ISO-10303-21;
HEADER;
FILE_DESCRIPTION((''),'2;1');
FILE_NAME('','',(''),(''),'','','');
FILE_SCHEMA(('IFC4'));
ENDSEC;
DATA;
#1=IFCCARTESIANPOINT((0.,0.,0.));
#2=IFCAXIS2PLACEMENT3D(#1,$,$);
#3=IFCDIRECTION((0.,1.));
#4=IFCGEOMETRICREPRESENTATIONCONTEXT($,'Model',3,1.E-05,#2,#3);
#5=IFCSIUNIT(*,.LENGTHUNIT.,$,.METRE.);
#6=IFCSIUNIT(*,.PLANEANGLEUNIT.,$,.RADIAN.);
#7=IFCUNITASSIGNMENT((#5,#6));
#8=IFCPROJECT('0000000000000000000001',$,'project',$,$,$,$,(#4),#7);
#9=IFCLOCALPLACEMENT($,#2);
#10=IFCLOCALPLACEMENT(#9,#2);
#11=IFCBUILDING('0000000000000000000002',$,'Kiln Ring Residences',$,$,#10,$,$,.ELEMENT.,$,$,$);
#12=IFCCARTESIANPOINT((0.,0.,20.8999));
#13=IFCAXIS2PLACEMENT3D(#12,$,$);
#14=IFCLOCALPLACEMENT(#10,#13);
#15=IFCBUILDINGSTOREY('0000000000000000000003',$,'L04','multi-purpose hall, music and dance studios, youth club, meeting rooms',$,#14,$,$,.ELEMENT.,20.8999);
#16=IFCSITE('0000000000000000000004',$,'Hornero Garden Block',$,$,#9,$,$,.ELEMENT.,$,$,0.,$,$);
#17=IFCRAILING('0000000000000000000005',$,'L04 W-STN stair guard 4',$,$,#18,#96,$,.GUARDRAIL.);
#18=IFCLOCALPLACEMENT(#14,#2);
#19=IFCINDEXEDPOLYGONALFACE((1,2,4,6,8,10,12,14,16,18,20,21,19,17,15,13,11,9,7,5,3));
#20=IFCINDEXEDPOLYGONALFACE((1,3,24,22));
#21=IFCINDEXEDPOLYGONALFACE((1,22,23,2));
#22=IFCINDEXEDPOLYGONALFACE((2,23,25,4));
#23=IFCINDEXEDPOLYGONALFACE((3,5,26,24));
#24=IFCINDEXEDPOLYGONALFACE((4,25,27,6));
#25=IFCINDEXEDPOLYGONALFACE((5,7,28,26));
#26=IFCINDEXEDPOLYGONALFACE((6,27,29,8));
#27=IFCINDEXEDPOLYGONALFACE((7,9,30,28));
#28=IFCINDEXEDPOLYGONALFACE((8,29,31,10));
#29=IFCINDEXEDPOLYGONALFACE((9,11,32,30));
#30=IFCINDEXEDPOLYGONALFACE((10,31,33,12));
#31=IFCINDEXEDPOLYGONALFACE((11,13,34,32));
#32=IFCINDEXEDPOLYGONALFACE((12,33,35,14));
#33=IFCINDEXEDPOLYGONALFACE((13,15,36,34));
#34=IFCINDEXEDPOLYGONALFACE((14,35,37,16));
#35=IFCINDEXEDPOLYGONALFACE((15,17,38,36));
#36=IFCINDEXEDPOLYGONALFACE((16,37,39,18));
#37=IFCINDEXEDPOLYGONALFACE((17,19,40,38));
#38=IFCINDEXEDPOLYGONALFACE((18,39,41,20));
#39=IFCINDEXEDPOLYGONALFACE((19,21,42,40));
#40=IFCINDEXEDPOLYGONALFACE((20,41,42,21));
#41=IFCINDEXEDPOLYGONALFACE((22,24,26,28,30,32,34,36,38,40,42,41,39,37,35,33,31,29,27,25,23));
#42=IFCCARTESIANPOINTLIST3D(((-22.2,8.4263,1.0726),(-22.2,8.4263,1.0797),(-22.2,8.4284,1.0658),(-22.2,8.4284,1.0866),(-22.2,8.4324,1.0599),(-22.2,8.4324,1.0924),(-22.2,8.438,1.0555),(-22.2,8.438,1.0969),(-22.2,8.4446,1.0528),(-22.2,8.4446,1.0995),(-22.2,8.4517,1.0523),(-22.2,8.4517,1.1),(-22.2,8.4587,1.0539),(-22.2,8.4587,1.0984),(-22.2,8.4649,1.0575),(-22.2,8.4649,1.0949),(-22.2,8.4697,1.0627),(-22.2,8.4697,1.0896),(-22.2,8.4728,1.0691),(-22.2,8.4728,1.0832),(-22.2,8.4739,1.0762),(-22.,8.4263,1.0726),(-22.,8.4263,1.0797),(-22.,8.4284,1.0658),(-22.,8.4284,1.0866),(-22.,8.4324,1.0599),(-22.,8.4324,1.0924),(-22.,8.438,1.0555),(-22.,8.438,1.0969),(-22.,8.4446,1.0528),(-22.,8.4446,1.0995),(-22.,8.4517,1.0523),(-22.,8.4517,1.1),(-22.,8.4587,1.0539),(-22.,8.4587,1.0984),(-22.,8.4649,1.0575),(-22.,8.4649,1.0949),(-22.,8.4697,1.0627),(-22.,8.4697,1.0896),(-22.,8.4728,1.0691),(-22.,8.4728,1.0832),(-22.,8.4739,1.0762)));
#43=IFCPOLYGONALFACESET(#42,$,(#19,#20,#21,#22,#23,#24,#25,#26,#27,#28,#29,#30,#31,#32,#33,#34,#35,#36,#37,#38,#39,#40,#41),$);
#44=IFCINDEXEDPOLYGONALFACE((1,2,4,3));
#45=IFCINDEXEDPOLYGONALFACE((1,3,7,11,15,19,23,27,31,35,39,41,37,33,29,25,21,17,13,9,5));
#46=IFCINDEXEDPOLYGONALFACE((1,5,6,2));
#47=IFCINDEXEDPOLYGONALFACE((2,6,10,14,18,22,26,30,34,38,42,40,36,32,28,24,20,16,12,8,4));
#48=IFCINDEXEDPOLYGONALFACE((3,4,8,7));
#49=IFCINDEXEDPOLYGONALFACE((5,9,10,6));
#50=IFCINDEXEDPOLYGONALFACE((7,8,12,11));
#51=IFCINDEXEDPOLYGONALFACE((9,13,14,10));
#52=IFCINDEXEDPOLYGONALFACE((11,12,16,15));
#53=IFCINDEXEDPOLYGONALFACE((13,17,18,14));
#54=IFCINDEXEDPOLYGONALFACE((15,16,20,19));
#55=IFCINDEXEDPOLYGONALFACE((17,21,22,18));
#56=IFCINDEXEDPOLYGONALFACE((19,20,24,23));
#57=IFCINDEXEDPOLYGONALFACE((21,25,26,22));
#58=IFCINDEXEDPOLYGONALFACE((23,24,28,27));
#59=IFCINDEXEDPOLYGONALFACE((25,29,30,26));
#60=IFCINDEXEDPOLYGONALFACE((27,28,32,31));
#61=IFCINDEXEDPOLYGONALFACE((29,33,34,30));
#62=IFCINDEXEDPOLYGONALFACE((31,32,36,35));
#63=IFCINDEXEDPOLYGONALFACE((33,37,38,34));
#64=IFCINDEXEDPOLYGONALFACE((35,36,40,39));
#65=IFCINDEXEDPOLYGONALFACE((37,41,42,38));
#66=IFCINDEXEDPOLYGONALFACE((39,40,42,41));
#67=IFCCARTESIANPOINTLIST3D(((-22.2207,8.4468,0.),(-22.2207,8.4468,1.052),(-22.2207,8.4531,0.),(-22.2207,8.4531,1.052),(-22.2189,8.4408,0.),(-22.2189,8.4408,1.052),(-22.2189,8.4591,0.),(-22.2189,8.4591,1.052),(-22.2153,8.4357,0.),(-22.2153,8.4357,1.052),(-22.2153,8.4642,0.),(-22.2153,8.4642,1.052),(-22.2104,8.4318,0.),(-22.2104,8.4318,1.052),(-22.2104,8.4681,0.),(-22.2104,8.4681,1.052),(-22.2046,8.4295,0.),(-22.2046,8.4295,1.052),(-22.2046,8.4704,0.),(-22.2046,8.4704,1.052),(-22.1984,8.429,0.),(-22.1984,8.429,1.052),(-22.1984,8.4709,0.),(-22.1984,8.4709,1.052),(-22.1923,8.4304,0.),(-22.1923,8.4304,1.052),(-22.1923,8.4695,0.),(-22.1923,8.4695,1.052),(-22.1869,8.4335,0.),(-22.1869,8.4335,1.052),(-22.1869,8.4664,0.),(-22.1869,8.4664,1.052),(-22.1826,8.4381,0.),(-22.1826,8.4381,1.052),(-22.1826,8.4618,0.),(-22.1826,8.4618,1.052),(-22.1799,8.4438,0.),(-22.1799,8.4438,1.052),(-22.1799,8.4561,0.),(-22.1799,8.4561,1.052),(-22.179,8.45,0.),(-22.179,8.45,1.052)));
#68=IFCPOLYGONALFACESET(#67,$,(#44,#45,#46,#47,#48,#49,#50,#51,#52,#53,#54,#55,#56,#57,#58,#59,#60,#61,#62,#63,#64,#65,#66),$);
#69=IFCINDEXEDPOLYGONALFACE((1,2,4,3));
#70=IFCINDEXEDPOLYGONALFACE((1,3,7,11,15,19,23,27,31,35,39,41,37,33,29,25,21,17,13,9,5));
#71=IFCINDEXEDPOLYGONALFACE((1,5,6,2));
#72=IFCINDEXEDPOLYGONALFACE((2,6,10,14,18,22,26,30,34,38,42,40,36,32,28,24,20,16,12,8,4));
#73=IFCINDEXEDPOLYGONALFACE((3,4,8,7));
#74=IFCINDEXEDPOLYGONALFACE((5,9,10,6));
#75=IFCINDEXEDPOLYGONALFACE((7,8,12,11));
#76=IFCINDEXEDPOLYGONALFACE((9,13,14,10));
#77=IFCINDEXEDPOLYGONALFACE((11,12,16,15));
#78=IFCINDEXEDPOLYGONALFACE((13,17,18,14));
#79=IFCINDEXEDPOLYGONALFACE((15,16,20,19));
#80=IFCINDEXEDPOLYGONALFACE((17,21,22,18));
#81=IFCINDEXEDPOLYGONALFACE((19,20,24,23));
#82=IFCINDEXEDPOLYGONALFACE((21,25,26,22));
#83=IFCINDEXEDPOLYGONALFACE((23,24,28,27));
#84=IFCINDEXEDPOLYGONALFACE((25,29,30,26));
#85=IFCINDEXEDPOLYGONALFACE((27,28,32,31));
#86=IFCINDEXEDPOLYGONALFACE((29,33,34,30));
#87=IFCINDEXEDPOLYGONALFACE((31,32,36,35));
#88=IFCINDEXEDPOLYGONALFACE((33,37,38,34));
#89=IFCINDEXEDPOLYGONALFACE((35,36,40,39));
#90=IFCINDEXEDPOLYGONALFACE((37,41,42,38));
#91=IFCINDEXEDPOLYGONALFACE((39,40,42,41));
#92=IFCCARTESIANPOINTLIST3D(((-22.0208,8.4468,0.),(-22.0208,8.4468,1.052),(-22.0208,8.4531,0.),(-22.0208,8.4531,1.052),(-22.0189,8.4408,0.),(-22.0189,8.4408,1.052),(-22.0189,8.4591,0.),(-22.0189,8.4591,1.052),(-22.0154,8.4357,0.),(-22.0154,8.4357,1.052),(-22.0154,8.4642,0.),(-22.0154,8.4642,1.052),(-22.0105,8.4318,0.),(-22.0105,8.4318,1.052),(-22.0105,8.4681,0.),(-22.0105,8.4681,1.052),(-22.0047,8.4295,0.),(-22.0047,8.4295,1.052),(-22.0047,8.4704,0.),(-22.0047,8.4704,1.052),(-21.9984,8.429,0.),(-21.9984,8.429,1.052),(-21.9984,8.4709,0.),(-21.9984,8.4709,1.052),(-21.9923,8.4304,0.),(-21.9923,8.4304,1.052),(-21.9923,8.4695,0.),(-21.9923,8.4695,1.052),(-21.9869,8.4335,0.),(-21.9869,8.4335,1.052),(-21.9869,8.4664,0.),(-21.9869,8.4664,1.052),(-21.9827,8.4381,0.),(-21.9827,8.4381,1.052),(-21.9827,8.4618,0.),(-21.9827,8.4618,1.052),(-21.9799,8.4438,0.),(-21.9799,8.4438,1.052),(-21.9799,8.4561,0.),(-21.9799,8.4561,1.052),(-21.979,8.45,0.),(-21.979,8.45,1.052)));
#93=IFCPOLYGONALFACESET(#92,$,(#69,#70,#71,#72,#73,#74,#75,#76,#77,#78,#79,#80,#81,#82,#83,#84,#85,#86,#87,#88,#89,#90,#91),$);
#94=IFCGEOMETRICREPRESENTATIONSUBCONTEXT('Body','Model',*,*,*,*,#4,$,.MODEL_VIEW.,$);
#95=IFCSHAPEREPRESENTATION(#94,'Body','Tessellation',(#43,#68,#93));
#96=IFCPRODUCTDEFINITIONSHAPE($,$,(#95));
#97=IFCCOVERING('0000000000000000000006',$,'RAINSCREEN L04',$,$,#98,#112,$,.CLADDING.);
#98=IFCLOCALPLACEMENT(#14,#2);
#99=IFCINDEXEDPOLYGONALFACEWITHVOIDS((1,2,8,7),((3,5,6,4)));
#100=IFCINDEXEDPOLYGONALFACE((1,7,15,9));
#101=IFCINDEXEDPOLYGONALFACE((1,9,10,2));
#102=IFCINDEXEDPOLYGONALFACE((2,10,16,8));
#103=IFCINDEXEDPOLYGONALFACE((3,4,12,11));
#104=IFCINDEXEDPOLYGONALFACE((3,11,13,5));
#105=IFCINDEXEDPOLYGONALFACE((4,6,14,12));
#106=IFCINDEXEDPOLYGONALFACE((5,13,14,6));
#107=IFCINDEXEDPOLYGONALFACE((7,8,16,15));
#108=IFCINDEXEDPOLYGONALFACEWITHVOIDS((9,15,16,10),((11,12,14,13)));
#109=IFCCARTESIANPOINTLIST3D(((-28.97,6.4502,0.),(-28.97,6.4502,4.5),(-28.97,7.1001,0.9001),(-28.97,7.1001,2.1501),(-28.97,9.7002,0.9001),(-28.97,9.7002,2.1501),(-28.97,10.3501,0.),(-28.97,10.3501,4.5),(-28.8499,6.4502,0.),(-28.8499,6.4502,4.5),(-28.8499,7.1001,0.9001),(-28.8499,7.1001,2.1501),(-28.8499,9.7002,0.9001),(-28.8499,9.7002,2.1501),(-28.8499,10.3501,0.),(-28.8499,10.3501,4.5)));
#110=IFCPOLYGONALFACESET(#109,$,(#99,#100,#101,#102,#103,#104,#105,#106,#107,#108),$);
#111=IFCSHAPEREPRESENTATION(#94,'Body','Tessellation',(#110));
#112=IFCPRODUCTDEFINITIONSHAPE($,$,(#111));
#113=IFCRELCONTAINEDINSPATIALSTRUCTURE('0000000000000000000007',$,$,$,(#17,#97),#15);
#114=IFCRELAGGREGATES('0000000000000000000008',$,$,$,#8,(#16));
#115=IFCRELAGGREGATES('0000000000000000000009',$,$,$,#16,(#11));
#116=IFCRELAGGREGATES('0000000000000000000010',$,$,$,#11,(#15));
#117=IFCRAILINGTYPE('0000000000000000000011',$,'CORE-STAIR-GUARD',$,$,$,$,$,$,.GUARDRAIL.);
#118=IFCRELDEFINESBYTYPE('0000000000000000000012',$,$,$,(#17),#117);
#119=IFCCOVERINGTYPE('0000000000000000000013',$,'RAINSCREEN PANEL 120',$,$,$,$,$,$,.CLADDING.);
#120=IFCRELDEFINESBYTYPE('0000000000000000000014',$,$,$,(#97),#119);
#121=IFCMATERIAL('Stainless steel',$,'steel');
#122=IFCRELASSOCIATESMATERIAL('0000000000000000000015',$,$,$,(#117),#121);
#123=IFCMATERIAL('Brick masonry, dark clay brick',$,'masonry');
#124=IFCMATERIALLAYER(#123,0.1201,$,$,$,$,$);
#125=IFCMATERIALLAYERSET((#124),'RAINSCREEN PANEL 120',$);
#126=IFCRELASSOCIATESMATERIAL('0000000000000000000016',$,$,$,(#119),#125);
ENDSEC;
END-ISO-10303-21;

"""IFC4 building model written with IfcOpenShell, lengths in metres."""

from ifc_helpers import new_model, si_unit, direction, frame, origin, origin_2d, place, context, subcontext, project, spatial, polyline, circle, outline, extrude, material, layer, layer_set, type_object, element, save


model = new_model("IFC4")

# Units and contexts
model_context = context("Model", 3, precision=1e-05, world=origin(), true_north=direction((0.0, 1.0)))
body_context = subcontext(model_context, "Body", "Model", "MODEL_VIEW")
ifc_project = project(units=[si_unit("LENGTHUNIT", "METRE"), si_unit("PLANEANGLEUNIT", "RADIAN")], contexts=[model_context])

# Site, building, storey
site_placement = place(None, origin())
site = spatial("IfcSite", under=ifc_project, at=site_placement, Name="Hornero Garden Block", CompositionType="ELEMENT", RefElevation=0.0)
building_placement = place(site_placement, origin())
building = spatial("IfcBuilding", under=site, at=building_placement, Name="Kiln Ring Residences", CompositionType="ELEMENT")
storey_placement = place(building_placement, frame((0.0, 0.0, 20.8999)))
storey = spatial("IfcBuildingStorey", under=building, at=storey_placement, Name="L04", Description="multi-purpose hall, music and dance studios, youth club, meeting rooms", CompositionType="ELEMENT", Elevation=20.8999)

# Railing
ifc_material_1 = material(Name="Stainless steel", Category="steel")
railing_type = type_object("IfcRailingType", Name="CORE-STAIR-GUARD", PredefinedType="GUARDRAIL", material=ifc_material_1)
railing_1_placement = place(storey_placement, frame((-22.2, 8.45, 0.0)))
element("IfcRailing", 1, at=railing_1_placement, inside=storey, type_object=railing_type, Name="L04 W-STN stair guard 4", PredefinedType="GUARDRAIL", context=body_context, shape_type="SweptSolid", body=[
    extrude(circle(Radius=0.0239, at=origin_2d()), frame((0.0, 0.0, 1.0762), z_axis=(1.0, 0.0, 0.0), x_axis=(0.0, 1.0, 0.0)), (0.0, 0.0, 1.0), 0.2),
    extrude(circle(Radius=0.021, at=origin_2d()), origin(), (0.0, 0.0, 1.0), 1.052),
    extrude(circle(Radius=0.021, at=origin_2d()), frame((0.2, 0.0, 0.0)), (0.0, 0.0, 1.0), 1.052),
])

# Covering
ifc_material_2 = material(Name="Brick masonry, dark clay brick", Category="masonry")
ifc_layer_1 = layer(ifc_material_2, 0.1201)
ifc_layer_set_1 = layer_set([ifc_layer_1], Name="RAINSCREEN PANEL 120")
covering_type = type_object("IfcCoveringType", Name="RAINSCREEN PANEL 120", PredefinedType="CLADDING", material=ifc_layer_set_1)
covering_placement = place(storey_placement, frame((-28.9099, 10.3501, 0.0), z_axis=(0.0, 0.0, 1.0), x_axis=(0.0, -1.0, 0.0)))
element("IfcCovering", 2, at=covering_placement, inside=storey, type_object=covering_type, Name="RAINSCREEN L04", PredefinedType="CLADDING", context=body_context, shape_type="SweptSolid", body=[
    extrude(outline(polyline([(0.0, 0.0), (3.8999, 0.0), (3.8999, 4.5), (0.0, 4.5), (0.0, 0.0)]), holes=[polyline([(0.6499, 2.1501), (0.6499, 0.9001), (3.25, 0.9001), (3.25, 2.1501), (0.6499, 2.1501)])]), frame((0.0, 0.0601, 0.0), z_axis=(0.0, -1.0, 0.0), x_axis=(1.0, 0.0, 0.0)), (0.0, 0.0, 1.0), 0.1201),
])

save(model, "model.ifc")
